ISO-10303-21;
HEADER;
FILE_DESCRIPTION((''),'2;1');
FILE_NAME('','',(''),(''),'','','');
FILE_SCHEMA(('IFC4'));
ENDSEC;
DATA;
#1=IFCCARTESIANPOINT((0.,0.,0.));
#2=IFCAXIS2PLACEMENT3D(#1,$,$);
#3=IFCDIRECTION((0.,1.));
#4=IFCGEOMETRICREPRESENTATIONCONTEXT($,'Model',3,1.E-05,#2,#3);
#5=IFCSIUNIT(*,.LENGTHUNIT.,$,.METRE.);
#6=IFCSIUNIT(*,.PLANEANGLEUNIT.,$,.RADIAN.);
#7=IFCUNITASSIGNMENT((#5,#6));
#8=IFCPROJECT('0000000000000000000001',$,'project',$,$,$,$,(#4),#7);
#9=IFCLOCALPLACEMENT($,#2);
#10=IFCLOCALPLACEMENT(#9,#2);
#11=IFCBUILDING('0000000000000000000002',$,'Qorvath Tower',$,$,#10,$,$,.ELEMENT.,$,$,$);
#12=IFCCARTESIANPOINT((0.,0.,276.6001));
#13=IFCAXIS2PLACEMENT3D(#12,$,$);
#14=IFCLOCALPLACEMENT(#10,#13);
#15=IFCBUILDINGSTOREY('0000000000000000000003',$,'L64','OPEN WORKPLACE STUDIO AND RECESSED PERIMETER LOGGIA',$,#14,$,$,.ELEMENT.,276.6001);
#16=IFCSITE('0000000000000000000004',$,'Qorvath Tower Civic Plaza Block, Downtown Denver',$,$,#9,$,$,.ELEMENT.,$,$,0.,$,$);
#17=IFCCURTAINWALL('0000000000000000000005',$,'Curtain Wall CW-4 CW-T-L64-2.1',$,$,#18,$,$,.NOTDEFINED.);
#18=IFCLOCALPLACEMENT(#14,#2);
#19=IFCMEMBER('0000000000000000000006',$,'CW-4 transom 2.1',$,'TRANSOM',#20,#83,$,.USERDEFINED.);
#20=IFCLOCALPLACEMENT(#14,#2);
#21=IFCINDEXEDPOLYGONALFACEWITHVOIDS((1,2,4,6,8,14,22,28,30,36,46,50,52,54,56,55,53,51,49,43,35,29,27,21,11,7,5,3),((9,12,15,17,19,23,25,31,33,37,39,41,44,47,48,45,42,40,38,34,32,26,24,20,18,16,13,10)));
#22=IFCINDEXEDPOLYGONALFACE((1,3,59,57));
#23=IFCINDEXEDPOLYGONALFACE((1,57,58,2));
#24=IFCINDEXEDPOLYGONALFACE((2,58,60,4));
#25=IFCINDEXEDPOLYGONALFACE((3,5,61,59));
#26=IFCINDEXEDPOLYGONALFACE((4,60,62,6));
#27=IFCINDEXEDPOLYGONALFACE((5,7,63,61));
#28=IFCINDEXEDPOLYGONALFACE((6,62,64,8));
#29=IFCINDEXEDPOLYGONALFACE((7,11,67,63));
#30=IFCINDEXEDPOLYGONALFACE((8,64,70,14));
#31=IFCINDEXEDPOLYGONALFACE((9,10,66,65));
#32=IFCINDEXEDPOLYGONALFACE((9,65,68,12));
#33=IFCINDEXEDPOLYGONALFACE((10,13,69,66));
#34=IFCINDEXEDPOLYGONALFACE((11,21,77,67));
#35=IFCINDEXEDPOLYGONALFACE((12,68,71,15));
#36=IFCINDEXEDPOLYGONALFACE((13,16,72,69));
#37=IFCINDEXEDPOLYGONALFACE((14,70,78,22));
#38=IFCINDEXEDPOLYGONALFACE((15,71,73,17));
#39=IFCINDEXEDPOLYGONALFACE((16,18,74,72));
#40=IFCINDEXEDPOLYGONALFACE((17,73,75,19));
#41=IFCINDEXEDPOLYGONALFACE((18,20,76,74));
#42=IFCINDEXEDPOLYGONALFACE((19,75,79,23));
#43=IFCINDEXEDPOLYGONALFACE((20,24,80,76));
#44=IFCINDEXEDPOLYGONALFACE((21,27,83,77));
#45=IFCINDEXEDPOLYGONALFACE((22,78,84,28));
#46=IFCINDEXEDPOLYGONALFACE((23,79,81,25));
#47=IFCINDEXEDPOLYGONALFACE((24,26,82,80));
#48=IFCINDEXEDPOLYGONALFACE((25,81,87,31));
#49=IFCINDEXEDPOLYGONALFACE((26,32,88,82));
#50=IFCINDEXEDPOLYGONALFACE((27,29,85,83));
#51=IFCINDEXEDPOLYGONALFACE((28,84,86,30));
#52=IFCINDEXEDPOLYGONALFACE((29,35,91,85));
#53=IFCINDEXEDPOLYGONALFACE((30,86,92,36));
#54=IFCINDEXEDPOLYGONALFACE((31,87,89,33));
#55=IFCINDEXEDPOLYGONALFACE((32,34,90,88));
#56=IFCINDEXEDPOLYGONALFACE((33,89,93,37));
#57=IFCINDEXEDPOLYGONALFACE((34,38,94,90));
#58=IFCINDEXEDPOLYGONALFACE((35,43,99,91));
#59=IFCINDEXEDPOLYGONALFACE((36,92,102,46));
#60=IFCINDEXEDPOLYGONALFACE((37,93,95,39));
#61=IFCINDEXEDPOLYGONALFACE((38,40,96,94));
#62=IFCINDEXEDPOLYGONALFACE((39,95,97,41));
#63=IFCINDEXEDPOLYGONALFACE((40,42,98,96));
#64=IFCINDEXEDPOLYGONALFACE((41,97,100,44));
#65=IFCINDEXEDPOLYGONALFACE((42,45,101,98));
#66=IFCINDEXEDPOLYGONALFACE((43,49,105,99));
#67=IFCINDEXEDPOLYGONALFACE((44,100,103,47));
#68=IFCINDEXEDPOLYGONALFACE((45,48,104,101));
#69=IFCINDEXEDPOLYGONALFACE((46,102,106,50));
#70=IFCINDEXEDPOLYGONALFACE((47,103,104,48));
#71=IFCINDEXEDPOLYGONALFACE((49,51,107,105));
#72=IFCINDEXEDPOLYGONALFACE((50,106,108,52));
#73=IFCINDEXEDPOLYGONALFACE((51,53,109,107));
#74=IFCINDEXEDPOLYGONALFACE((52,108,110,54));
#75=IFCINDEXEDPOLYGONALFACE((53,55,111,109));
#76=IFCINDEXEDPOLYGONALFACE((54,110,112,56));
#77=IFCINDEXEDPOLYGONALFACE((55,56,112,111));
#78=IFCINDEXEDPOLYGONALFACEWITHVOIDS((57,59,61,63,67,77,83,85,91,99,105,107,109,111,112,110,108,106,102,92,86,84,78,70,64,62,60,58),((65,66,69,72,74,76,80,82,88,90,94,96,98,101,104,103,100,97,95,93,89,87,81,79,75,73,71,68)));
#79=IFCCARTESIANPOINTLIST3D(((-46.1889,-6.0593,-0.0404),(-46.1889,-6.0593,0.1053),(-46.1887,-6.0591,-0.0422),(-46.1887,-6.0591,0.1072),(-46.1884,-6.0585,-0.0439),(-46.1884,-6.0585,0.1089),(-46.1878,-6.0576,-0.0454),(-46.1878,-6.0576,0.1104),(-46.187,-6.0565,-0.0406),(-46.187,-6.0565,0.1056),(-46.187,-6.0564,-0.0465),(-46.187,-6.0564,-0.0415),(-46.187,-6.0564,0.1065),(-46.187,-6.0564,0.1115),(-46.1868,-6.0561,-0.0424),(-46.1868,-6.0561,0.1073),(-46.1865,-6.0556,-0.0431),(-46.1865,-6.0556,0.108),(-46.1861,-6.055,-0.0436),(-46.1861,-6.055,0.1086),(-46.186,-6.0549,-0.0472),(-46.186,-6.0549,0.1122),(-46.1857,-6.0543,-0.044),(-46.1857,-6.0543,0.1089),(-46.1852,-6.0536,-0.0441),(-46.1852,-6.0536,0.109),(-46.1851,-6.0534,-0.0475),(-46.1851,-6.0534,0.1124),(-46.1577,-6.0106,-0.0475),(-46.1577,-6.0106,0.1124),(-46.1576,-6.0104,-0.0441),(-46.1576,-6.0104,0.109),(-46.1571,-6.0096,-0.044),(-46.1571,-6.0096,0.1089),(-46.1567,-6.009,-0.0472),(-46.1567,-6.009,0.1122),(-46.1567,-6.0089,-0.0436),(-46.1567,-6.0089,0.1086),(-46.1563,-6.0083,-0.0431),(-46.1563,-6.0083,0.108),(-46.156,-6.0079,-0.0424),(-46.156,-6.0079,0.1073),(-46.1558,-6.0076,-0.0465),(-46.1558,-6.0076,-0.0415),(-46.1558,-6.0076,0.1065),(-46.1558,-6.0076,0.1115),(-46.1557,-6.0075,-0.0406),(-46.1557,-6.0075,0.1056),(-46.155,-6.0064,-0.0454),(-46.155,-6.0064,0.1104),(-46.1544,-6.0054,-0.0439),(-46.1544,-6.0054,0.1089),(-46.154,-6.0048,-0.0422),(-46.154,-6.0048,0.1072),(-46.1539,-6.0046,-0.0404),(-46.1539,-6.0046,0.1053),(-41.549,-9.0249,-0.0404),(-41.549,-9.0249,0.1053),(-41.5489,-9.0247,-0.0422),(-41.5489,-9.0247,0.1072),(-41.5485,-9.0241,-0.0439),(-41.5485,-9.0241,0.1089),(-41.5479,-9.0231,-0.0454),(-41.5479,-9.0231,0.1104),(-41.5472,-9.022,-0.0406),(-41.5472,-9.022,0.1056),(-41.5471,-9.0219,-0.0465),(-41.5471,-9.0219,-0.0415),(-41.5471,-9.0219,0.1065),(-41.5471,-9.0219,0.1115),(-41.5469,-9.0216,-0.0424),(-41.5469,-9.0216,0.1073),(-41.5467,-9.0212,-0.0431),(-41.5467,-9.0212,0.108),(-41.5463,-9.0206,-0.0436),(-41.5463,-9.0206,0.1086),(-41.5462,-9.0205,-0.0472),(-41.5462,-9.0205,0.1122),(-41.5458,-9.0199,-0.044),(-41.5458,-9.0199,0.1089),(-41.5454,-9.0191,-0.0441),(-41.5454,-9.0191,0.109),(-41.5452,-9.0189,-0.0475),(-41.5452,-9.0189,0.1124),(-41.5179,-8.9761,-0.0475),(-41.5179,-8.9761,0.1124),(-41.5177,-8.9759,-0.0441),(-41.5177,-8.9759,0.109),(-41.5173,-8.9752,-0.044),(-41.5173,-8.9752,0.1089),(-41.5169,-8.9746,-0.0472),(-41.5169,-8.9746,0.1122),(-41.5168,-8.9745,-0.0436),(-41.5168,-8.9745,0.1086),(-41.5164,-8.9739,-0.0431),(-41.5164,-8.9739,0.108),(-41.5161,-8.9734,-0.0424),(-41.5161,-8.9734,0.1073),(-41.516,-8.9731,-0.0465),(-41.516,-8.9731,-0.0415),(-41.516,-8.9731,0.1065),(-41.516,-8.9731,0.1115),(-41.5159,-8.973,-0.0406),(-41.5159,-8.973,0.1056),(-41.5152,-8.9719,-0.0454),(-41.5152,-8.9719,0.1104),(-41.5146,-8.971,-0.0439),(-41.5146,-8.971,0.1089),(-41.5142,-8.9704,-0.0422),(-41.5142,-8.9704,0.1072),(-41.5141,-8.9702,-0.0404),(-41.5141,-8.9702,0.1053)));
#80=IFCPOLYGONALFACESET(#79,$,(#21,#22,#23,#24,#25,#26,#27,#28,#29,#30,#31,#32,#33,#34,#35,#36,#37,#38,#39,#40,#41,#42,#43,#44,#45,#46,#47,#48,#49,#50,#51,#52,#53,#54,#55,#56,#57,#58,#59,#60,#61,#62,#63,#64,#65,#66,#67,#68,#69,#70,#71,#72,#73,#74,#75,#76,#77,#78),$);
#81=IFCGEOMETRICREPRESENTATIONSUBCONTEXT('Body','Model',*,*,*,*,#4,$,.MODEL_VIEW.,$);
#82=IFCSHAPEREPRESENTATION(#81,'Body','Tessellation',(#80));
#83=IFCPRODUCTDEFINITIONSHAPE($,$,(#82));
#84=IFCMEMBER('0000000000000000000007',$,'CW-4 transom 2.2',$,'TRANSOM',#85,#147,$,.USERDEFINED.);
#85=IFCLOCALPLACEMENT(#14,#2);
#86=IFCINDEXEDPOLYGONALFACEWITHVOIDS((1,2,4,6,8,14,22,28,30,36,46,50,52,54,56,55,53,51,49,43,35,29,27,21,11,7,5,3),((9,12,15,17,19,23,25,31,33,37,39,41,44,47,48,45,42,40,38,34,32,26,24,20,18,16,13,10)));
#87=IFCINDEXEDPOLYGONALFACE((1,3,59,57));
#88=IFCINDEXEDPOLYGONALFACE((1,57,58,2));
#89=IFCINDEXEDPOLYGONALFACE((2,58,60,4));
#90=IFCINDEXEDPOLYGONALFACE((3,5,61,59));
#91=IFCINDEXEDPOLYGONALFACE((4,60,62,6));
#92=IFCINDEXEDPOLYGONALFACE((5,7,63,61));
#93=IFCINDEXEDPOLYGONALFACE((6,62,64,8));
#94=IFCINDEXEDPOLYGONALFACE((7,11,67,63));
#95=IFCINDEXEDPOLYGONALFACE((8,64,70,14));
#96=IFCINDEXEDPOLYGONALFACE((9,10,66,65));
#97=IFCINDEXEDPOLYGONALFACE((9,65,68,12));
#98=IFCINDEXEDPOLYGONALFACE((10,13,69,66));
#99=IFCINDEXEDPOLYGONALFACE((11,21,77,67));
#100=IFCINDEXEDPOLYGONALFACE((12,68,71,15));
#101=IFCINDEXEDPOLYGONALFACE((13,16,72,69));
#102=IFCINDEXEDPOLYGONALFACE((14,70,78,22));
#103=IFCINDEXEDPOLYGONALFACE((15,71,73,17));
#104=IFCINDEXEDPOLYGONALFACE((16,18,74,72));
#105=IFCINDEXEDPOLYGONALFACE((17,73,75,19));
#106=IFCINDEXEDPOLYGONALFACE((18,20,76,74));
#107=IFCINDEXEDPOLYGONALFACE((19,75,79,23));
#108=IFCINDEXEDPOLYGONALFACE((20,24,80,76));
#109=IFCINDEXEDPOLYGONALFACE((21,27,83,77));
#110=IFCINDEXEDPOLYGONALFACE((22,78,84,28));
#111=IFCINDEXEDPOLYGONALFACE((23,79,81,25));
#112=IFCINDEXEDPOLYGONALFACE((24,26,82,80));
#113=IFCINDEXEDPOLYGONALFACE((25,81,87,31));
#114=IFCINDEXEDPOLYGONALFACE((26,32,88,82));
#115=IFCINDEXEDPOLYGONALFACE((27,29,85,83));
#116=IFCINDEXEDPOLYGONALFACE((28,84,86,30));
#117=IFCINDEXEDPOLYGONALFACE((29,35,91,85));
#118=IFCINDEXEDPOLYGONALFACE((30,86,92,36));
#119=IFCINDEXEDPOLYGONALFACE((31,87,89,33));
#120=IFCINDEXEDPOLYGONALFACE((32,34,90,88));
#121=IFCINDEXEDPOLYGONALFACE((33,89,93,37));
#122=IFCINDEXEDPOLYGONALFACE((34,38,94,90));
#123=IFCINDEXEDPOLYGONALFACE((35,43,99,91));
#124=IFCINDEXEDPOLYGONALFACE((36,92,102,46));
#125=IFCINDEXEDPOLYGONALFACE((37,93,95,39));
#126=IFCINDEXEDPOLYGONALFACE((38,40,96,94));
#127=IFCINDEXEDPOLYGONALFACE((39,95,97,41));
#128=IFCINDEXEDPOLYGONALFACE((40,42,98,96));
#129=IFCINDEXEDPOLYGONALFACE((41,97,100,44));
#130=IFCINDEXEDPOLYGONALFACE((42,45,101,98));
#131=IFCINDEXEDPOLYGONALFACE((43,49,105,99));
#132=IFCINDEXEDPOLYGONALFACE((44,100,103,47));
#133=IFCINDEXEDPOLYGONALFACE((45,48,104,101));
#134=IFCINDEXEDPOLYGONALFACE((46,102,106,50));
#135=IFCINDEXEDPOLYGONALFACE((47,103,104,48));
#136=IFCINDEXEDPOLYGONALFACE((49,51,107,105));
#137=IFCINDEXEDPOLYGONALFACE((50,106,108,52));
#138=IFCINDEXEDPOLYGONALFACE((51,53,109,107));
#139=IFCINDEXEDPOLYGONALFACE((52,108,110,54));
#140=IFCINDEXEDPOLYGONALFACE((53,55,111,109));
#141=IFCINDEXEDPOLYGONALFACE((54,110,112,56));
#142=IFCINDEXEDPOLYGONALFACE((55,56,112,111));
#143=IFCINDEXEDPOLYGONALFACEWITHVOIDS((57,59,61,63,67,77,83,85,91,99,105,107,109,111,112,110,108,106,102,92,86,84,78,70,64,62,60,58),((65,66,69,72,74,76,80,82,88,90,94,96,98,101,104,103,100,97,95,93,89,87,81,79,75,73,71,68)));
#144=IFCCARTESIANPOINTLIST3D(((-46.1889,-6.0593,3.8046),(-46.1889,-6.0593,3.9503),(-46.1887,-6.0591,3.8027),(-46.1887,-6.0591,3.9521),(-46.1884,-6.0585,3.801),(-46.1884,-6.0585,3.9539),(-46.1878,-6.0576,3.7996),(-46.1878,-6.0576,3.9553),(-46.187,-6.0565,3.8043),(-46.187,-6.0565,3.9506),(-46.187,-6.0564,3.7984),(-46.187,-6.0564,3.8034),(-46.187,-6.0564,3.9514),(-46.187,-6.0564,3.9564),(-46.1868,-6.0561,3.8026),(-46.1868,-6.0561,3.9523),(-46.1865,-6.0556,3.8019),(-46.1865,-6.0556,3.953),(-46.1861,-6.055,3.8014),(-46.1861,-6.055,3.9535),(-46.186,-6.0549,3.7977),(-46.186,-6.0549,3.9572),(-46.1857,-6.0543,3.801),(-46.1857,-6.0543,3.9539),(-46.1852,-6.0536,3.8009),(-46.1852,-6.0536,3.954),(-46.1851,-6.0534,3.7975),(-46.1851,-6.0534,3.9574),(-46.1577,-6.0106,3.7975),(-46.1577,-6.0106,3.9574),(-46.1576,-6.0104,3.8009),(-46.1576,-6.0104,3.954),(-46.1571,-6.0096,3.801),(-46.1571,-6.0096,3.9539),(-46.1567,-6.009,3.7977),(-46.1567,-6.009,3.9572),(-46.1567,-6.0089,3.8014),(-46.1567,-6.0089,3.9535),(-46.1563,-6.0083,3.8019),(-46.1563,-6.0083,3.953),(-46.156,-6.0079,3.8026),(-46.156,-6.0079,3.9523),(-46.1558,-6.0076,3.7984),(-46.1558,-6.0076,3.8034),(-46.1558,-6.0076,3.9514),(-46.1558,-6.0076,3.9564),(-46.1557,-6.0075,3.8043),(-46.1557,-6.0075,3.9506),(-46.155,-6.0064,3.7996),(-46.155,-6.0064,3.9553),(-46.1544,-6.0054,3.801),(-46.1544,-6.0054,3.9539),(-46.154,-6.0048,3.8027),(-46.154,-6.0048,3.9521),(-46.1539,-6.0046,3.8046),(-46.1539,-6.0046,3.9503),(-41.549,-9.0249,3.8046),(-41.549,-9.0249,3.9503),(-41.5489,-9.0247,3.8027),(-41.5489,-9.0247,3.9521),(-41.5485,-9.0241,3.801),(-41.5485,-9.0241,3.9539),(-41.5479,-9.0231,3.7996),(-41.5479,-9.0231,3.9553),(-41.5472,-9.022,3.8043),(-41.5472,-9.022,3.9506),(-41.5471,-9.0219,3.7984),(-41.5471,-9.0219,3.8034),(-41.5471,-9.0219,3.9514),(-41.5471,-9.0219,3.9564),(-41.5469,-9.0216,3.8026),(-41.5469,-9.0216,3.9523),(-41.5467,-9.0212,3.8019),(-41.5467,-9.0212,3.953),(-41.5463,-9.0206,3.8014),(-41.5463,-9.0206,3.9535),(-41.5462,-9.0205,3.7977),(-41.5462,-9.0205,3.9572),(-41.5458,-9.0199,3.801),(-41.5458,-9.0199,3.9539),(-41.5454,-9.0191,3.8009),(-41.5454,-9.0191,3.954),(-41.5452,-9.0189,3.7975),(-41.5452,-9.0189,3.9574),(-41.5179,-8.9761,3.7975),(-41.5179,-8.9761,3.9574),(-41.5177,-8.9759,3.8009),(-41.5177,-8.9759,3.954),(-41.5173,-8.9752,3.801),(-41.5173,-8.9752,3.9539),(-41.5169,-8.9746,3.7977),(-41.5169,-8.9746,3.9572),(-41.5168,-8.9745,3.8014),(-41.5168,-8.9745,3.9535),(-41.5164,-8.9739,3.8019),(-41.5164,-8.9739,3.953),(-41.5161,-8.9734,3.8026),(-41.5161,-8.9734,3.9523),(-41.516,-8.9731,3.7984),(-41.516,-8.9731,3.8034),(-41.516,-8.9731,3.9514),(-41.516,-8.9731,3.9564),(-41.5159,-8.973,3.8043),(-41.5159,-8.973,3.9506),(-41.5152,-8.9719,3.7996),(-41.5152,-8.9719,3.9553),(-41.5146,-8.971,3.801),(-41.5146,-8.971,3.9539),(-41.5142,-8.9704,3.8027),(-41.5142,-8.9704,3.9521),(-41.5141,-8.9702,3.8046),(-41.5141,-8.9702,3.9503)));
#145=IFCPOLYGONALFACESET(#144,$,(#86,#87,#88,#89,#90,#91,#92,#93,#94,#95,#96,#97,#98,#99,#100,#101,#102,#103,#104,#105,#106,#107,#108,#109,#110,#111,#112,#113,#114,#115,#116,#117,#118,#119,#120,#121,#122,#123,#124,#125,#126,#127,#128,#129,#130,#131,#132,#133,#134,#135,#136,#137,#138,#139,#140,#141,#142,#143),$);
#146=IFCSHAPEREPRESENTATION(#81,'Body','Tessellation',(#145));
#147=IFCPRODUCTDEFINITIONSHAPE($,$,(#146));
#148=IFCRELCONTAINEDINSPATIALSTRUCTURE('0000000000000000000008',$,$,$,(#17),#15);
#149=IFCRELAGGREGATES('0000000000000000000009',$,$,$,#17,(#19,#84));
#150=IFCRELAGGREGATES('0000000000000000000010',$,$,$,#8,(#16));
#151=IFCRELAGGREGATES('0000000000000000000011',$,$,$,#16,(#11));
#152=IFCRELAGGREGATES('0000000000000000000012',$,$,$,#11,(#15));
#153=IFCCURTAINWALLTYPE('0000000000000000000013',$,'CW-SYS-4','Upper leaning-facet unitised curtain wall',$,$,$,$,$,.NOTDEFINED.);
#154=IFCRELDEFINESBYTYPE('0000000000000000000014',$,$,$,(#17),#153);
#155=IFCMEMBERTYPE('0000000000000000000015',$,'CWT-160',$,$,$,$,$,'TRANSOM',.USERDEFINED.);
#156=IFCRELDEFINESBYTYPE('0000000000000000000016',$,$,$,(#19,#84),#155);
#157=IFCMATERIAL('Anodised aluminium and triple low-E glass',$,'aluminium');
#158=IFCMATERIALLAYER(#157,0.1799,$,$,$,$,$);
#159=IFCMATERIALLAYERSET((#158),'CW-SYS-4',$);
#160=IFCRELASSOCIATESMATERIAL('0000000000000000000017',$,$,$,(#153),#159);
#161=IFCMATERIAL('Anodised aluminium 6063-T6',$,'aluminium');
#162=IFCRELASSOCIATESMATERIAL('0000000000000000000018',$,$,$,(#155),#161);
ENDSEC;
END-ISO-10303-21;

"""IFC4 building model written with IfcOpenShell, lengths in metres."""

from ifc_helpers import new_model, si_unit, direction, frame, origin, origin_2d, place, context, subcontext, project, spatial, hollow_rectangle, extrude, material, layer, layer_set, material_profile, profile_set, type_object, element, aggregate, save


model = new_model("IFC4")

# Units and contexts
model_context = context("Model", 3, precision=1e-05, world=origin(), true_north=direction((0.0, 1.0)))
body_context = subcontext(model_context, "Body", "Model", "MODEL_VIEW")
ifc_project = project(units=[si_unit("LENGTHUNIT", "METRE"), si_unit("PLANEANGLEUNIT", "RADIAN")], contexts=[model_context])

# Site, building, storey
site_placement = place(None, origin())
site = spatial("IfcSite", under=ifc_project, at=site_placement, Name="Qorvath Tower Civic Plaza Block, Downtown Denver", CompositionType="ELEMENT", RefElevation=0.0)
building_placement = place(site_placement, origin())
building = spatial("IfcBuilding", under=site, at=building_placement, Name="Qorvath Tower", CompositionType="ELEMENT")
storey_placement = place(building_placement, frame((0.0, 0.0, 276.6001)))
storey = spatial("IfcBuildingStorey", under=building, at=storey_placement, Name="L64", Description="OPEN WORKPLACE STUDIO AND RECESSED PERIMETER LOGGIA", CompositionType="ELEMENT", Elevation=276.6001)

# Curtain wall, members
ifc_material_1 = material(Name="Anodised aluminium and triple low-E glass", Category="aluminium")
ifc_layer_1 = layer(ifc_material_1, 0.1799)
ifc_layer_set_1 = layer_set([ifc_layer_1], Name="CW-SYS-4")
curtain_wall_type = type_object("IfcCurtainWallType", Name="CW-SYS-4", Description="Upper leaning-facet unitised curtain wall", PredefinedType="NOTDEFINED", material=ifc_layer_set_1)
curtain_wall_placement = place(storey_placement, origin())
curtain_wall = element("IfcCurtainWall", 1, at=curtain_wall_placement, inside=storey, type_object=curtain_wall_type, Name="Curtain Wall CW-4 CW-T-L64-2.1", PredefinedType="NOTDEFINED")
ifc_material_2 = material(Name="Anodised aluminium 6063-T6", Category="aluminium")
ifc_material_profile_1 = material_profile(ifc_material_2, hollow_rectangle(XDim=0.0649, YDim=0.1599, WallThickness=0.0034, InnerFilletRadius=0.0034, OuterFilletRadius=0.0071, at=origin_2d()), Name="CWT 160x65")
ifc_profile_set_1 = profile_set([ifc_material_profile_1], Name="Anodised aluminium 6063-T6")
member_type_1 = type_object("IfcMemberType", Name="CWT-160", ElementType="TRANSOM", PredefinedType="USERDEFINED", material=ifc_profile_set_1)
member_1_placement = place(storey_placement, frame((-46.1714, -6.032, 0.0325), z_axis=(0.842597, -0.538544, 0.0), x_axis=(0.538544, 0.842597, 0.0)))
member_1 = element("IfcMember", 2, at=member_1_placement, type_object=member_type_1, Name="CW-4 transom 2.1", ObjectType="TRANSOM", PredefinedType="USERDEFINED", context=body_context, shape_type="SweptSolid", body=[
    extrude(hollow_rectangle(XDim=0.0649, YDim=0.1599, WallThickness=0.0034, InnerFilletRadius=0.0034, OuterFilletRadius=0.0071, at=origin_2d()), origin(), (0.0, 0.0, 1.0), 5.5066),
])
member_2_placement = place(storey_placement, frame((-46.1714, -6.032, 3.8774), z_axis=(0.842597, -0.538544, 0.0), x_axis=(0.538544, 0.842597, 0.0)))
member_2 = element("IfcMember", 3, at=member_2_placement, type_object=member_type_1, Name="CW-4 transom 2.2", ObjectType="TRANSOM", PredefinedType="USERDEFINED", context=body_context, shape_type="SweptSolid", body=[
    extrude(hollow_rectangle(XDim=0.0649, YDim=0.1599, WallThickness=0.0034, InnerFilletRadius=0.0034, OuterFilletRadius=0.0071, at=origin_2d()), origin(), (0.0, 0.0, 1.0), 5.5066),
])

aggregate(curtain_wall, [member_1, member_2])

save(model, "model.ifc")
